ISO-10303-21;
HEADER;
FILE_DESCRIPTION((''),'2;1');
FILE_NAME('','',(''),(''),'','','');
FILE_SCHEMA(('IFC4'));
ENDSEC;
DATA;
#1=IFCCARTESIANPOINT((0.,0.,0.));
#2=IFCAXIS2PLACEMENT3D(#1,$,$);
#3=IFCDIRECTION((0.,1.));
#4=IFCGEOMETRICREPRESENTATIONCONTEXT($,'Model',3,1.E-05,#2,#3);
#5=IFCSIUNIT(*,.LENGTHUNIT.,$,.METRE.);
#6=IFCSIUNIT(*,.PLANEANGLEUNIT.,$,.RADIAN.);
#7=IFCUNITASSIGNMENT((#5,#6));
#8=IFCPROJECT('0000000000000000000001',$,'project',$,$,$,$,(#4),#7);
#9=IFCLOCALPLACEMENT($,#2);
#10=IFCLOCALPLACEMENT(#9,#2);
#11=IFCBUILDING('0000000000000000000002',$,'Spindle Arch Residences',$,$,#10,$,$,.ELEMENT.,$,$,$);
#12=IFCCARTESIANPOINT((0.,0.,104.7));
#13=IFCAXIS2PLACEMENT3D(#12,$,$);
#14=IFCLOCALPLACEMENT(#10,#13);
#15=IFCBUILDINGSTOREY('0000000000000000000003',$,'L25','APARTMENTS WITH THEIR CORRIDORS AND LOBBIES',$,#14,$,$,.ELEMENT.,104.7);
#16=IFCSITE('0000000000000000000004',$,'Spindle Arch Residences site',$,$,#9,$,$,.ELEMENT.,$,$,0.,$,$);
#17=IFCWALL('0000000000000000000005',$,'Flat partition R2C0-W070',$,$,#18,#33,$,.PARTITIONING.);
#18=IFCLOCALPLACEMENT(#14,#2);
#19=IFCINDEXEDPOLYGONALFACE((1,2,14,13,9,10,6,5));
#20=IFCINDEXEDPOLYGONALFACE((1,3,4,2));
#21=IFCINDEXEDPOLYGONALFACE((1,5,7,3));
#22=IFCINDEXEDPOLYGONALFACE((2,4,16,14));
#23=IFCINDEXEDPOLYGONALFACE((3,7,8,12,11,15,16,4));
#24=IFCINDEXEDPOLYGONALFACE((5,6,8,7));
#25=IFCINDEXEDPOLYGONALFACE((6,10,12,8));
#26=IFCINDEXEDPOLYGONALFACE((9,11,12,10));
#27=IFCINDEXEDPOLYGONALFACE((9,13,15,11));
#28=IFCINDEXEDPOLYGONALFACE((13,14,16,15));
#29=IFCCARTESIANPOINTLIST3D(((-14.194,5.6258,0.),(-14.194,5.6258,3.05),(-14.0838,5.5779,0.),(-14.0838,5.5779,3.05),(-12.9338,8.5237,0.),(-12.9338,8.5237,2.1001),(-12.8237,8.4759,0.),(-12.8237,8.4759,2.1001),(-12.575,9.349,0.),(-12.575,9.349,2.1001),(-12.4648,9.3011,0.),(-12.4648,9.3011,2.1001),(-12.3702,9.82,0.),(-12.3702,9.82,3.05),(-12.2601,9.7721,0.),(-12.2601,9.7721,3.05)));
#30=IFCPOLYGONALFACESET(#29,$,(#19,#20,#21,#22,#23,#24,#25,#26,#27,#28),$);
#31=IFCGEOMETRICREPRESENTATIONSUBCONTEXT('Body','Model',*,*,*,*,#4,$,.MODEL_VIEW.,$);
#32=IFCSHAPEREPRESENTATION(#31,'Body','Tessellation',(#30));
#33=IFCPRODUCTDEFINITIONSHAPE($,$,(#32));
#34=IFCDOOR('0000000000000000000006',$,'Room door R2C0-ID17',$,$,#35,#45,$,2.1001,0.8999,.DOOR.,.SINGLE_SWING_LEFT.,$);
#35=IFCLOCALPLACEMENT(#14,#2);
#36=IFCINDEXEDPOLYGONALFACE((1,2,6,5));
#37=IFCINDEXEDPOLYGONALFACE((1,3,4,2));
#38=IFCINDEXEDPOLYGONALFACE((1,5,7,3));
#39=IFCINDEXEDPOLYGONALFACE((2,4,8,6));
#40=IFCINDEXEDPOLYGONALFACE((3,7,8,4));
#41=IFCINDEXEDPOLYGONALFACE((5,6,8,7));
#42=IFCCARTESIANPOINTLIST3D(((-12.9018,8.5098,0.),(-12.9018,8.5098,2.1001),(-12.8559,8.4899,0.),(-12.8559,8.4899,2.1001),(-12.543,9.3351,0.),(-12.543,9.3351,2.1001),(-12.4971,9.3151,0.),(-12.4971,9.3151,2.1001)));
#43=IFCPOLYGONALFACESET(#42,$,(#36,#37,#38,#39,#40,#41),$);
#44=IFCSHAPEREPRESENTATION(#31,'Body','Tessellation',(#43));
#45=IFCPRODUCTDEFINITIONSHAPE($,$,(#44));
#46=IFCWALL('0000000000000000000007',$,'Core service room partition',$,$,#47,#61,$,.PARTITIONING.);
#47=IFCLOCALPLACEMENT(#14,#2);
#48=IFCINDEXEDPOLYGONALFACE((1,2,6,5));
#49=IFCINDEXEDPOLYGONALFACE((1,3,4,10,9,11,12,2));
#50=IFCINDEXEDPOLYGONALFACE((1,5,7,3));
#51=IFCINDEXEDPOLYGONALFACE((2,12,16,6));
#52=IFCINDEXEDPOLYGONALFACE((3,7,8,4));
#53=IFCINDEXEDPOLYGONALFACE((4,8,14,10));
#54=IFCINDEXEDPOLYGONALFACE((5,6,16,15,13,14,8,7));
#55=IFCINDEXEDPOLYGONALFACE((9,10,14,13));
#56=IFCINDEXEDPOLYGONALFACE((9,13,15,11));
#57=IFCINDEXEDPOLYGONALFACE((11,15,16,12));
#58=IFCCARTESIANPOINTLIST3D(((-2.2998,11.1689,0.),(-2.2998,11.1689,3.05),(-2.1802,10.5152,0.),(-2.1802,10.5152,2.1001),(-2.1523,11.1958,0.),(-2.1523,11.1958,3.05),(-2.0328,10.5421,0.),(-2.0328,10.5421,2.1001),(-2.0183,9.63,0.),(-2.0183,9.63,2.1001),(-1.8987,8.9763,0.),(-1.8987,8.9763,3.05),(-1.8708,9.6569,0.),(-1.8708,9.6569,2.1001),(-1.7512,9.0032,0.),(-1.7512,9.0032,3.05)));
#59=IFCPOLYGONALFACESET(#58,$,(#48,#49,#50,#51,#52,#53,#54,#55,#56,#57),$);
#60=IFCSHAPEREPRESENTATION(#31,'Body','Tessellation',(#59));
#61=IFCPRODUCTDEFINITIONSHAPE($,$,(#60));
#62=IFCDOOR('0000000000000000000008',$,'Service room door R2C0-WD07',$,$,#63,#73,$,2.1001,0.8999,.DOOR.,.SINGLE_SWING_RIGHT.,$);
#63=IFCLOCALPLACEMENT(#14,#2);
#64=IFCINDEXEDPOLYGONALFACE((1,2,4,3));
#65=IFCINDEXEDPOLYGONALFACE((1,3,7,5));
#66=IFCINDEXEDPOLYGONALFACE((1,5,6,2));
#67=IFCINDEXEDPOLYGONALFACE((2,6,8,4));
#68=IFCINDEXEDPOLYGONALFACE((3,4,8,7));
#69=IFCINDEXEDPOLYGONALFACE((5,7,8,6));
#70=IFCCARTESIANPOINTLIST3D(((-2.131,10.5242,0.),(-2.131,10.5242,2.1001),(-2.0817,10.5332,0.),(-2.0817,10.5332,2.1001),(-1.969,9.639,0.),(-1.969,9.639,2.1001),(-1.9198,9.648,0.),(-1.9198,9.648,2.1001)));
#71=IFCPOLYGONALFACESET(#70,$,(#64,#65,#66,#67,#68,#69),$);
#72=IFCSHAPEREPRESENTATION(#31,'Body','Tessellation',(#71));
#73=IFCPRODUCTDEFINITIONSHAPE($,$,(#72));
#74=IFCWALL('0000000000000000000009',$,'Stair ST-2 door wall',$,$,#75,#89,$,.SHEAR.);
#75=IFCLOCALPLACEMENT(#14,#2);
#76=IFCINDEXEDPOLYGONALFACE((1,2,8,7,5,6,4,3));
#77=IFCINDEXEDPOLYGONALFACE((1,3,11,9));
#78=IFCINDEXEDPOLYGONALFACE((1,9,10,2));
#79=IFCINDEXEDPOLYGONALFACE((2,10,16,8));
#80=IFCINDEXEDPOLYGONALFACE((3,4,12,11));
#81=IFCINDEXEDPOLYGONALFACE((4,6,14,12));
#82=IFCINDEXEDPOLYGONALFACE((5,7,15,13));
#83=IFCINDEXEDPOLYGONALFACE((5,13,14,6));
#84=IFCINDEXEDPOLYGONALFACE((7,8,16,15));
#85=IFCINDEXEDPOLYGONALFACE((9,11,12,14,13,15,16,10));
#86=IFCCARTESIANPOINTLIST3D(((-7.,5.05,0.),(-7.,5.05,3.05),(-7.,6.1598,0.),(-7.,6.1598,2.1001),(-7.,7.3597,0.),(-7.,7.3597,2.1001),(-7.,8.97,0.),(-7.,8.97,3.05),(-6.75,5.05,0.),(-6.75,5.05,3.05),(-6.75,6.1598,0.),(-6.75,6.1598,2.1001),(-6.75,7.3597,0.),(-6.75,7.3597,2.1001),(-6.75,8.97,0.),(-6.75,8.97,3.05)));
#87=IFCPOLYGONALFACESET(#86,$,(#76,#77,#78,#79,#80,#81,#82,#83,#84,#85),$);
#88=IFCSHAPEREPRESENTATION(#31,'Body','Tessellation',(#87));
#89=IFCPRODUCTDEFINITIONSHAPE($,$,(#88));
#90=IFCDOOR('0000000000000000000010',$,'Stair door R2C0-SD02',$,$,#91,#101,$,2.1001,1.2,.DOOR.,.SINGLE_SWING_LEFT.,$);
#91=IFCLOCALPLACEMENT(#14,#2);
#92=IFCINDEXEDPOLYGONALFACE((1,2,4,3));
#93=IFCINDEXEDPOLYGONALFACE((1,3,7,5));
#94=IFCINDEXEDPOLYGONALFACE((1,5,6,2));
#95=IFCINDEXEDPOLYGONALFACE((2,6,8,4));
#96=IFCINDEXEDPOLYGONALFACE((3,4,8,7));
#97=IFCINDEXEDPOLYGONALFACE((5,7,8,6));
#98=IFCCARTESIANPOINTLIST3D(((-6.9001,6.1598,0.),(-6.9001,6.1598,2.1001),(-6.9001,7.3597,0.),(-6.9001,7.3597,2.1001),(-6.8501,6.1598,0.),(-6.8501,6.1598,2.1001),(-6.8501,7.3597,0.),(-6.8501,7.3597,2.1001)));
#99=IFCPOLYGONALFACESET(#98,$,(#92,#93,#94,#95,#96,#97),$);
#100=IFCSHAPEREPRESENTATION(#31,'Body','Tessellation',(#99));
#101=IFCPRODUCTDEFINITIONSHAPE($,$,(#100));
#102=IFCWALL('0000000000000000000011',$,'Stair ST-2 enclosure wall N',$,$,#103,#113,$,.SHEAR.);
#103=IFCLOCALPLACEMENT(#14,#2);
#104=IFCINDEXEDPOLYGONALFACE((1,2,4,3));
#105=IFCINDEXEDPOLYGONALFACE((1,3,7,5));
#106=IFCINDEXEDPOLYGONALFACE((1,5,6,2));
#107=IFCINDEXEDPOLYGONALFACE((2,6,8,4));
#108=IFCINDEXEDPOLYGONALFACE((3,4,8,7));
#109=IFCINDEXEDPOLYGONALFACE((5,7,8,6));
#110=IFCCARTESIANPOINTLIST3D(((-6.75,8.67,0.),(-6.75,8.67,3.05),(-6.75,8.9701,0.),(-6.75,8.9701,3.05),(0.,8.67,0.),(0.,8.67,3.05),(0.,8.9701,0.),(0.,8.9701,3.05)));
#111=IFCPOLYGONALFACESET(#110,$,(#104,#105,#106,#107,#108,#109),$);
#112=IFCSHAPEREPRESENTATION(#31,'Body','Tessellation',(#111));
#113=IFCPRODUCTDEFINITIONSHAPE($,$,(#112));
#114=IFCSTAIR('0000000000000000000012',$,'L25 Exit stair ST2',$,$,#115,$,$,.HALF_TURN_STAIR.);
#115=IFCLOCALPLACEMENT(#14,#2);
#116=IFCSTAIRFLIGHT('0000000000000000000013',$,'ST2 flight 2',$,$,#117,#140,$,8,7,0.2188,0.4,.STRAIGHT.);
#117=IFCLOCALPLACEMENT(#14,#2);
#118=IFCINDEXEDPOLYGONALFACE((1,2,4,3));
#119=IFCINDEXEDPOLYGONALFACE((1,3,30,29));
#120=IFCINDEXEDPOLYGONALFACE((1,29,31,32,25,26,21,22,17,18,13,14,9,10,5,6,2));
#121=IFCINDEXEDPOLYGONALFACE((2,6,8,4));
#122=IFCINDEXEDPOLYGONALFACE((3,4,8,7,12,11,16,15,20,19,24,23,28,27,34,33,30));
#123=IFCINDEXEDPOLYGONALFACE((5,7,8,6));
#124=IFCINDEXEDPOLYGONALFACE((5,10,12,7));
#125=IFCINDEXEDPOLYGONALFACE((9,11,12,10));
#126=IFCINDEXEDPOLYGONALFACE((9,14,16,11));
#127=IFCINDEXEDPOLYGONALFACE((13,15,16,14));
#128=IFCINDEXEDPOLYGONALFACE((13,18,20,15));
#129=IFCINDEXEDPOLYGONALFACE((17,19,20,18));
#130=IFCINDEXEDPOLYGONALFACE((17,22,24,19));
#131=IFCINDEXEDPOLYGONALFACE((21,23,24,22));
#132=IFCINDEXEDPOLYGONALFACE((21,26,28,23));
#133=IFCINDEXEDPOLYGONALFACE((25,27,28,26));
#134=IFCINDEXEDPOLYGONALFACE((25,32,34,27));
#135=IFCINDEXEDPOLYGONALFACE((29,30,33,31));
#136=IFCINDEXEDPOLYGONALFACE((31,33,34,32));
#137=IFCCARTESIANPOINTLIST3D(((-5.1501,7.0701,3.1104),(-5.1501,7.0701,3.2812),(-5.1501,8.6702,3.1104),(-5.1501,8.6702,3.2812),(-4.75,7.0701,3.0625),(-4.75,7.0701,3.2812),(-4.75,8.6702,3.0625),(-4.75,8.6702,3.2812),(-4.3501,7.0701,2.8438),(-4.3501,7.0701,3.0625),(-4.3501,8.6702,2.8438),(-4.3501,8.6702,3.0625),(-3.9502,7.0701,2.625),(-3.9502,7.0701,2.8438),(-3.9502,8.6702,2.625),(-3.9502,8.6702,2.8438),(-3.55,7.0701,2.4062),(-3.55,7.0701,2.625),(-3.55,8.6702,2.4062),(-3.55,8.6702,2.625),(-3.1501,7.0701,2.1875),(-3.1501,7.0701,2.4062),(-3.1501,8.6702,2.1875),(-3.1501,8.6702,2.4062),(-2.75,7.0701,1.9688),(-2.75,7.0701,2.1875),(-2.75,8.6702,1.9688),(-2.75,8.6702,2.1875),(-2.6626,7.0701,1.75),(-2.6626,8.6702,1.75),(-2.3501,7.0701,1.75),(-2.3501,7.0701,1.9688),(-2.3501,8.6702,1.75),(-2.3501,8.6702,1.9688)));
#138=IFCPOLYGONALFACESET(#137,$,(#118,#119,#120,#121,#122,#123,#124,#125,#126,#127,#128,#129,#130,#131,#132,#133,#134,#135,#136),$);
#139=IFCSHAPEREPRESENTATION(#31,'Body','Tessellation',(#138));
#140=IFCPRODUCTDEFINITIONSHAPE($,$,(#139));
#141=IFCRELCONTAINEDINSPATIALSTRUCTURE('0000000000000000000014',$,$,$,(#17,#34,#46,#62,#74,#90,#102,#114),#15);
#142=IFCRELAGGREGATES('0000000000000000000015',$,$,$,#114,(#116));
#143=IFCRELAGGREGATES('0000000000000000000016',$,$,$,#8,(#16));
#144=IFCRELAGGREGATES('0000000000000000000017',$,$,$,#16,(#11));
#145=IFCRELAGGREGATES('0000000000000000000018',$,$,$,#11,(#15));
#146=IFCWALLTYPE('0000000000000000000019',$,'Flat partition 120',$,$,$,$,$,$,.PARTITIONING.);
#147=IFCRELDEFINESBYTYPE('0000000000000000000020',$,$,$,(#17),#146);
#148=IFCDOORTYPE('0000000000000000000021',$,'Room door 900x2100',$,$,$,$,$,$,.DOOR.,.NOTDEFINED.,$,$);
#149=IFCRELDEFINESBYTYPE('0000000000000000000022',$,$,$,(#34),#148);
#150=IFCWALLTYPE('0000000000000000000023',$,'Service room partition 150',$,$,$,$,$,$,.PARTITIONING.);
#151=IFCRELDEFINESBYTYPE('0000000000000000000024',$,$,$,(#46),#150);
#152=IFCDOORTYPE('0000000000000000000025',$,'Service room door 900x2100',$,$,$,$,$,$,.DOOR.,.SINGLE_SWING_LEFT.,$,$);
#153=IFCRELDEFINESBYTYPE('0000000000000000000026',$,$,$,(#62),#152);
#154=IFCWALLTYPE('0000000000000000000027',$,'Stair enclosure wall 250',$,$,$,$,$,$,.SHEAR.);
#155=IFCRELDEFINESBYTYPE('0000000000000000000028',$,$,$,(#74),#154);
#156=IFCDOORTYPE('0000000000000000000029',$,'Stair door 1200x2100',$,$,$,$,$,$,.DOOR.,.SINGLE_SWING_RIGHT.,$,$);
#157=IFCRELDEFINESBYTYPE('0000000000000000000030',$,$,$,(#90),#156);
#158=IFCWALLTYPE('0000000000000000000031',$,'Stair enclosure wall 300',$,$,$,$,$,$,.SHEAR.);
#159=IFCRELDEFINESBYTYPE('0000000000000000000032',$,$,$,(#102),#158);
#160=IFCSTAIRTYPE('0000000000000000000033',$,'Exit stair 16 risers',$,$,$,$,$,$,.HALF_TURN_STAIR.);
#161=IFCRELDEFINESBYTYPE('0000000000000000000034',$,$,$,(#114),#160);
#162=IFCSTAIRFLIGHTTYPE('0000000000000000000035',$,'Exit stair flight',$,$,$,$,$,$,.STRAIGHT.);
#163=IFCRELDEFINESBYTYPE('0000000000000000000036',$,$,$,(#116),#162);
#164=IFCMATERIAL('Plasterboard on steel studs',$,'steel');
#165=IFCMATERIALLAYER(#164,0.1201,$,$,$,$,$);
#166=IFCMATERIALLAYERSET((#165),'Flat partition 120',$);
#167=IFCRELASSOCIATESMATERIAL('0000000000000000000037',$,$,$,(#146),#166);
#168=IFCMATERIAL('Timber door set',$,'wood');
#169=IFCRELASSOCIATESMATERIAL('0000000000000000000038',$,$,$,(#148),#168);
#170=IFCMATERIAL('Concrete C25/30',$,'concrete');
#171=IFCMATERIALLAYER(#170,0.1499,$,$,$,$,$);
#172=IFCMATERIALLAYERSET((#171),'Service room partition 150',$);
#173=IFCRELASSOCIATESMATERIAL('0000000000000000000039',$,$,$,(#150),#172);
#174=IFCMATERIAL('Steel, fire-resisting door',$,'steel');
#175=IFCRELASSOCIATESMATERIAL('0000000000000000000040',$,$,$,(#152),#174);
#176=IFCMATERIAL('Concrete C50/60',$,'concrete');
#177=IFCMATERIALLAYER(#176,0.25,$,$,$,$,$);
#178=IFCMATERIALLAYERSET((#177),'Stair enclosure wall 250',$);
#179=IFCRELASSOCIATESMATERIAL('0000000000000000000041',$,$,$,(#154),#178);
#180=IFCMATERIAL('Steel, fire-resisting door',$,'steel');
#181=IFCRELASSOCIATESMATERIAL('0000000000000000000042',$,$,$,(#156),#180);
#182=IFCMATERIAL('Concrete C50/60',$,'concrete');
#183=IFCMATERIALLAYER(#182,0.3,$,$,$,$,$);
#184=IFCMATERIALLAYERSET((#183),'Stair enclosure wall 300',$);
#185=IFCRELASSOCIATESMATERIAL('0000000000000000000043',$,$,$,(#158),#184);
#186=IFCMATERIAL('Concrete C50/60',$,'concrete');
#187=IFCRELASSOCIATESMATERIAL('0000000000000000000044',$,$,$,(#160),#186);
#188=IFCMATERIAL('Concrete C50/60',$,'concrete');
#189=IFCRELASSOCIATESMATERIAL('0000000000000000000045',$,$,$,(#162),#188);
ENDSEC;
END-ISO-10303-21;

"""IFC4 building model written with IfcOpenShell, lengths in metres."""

from ifc_helpers import new_model, si_unit, direction, frame, frame_2d, origin, place, context, subcontext, project, spatial, polyline, rectangle, outline, extrude, material, layer, layer_set, type_object, element, fill, aggregate, save


model = new_model("IFC4")

# Units and contexts
model_context = context("Model", 3, precision=1e-05, world=origin(), true_north=direction((0.0, 1.0)))
body_context = subcontext(model_context, "Body", "Model", "MODEL_VIEW")
ifc_project = project(units=[si_unit("LENGTHUNIT", "METRE"), si_unit("PLANEANGLEUNIT", "RADIAN")], contexts=[model_context])

# Site, building, storey
site_placement = place(None, origin())
site = spatial("IfcSite", under=ifc_project, at=site_placement, Name="Spindle Arch Residences site", CompositionType="ELEMENT", RefElevation=0.0)
building_placement = place(site_placement, origin())
building = spatial("IfcBuilding", under=site, at=building_placement, Name="Spindle Arch Residences", CompositionType="ELEMENT")
storey_placement = place(building_placement, frame((0.0, 0.0, 104.7)))
storey = spatial("IfcBuildingStorey", under=building, at=storey_placement, Name="L25", Description="APARTMENTS WITH THEIR CORRIDORS AND LOBBIES", CompositionType="ELEMENT", Elevation=104.7)

# Walls, openings, doors
ifc_material_1 = material(Name="Plasterboard on steel studs", Category="steel")
ifc_layer_1 = layer(ifc_material_1, 0.1201)
ifc_layer_set_1 = layer_set([ifc_layer_1], Name="Flat partition 120")
wall_type_1 = type_object("IfcWallType", Name="Flat partition 120", PredefinedType="PARTITIONING", material=ifc_layer_set_1)
wall_1_placement = place(storey_placement, frame((-12.3152, 9.7959, 0.0), z_axis=(0.0, 0.0, 1.0), x_axis=(-0.398765, -0.917053, 0.0)))
wall_1 = element("IfcWall", 1, at=wall_1_placement, inside=storey, type_object=wall_type_1, Name="Flat partition R2C0-W070", PredefinedType="PARTITIONING", context=body_context, shape_type="SweptSolid", body=[
    extrude(rectangle(XDim=4.5735, YDim=0.1201, at=frame_2d((2.2866, 0.0))), origin(), (0.0, 0.0, 1.0), 3.05),
])
opening_1_placement = place(wall_1_placement, frame((0.5134, 0.0, 0.0)))
opening_1 = element("IfcOpeningElement", 2, at=opening_1_placement, cuts=wall_1, PredefinedType="OPENING", context=body_context, shape_type="SweptSolid", body=[
    extrude(rectangle(XDim=0.8999, YDim=2.1001, at=frame_2d((0.45, 1.05))), frame((0.0, 0.0701, 0.0), z_axis=(0.0, -1.0, 0.0), x_axis=(1.0, 0.0, 0.0)), (0.0, 0.0, 1.0), 0.1401),
])
ifc_material_2 = material(Name="Timber door set", Category="wood")
door_type_1 = type_object("IfcDoorType", Name="Room door 900x2100", OperationType="NOTDEFINED", PredefinedType="DOOR", material=ifc_material_2)
door_1_placement = place(opening_1_placement, origin())
door_1 = element("IfcDoor", 3, at=door_1_placement, inside=storey, type_object=door_type_1, Name="Room door R2C0-ID17", OperationType="SINGLE_SWING_LEFT", OverallHeight=2.1001, OverallWidth=0.8999, PredefinedType="DOOR", context=body_context, shape_type="SweptSolid", body=[
    extrude(rectangle(XDim=0.8999, YDim=2.1001, at=frame_2d((0.45, 1.05))), frame((0.0, 0.0249, 0.0), z_axis=(0.0, -1.0, 0.0), x_axis=(1.0, 0.0, 0.0)), (0.0, 0.0, 1.0), 0.05),
])
fill(opening_1, door_1)
ifc_material_3 = material(Name="Concrete C25/30", Category="concrete")
ifc_layer_2 = layer(ifc_material_3, 0.1499)
ifc_layer_set_2 = layer_set([ifc_layer_2], Name="Service room partition 150")
wall_type_2 = type_object("IfcWallType", Name="Service room partition 150", PredefinedType="PARTITIONING", material=ifc_layer_set_2)
wall_2_placement = place(storey_placement, frame((-1.825, 8.9897, 0.0), z_axis=(0.0, 0.0, 1.0), x_axis=(-0.179955, 0.983675, 0.0)))
wall_2 = element("IfcWall", 4, at=wall_2_placement, inside=storey, type_object=wall_type_2, Name="Core service room partition", PredefinedType="PARTITIONING", context=body_context, shape_type="SweptSolid", body=[
    extrude(rectangle(XDim=2.229, YDim=0.1499, at=frame_2d((1.1145, 0.0))), origin(), (0.0, 0.0, 1.0), 3.05),
])
opening_2_placement = place(wall_2_placement, frame((0.6646, 0.0, 0.0)))
opening_2 = element("IfcOpeningElement", 5, at=opening_2_placement, cuts=wall_2, PredefinedType="OPENING", context=body_context, shape_type="SweptSolid", body=[
    extrude(rectangle(XDim=0.8999, YDim=2.1001, at=frame_2d((0.45, 1.05))), frame((0.0, 0.085, 0.0), z_axis=(0.0, -1.0, 0.0), x_axis=(1.0, 0.0, 0.0)), (0.0, 0.0, 1.0), 0.1699),
])
ifc_material_4 = material(Name="Steel, fire-resisting door", Category="steel")
door_type_2 = type_object("IfcDoorType", Name="Service room door 900x2100", OperationType="SINGLE_SWING_LEFT", PredefinedType="DOOR", material=ifc_material_4)
door_2_placement = place(opening_2_placement, origin())
door_2 = element("IfcDoor", 6, at=door_2_placement, inside=storey, type_object=door_type_2, Name="Service room door R2C0-WD07", OperationType="SINGLE_SWING_RIGHT", OverallHeight=2.1001, OverallWidth=0.8999, PredefinedType="DOOR", context=body_context, shape_type="SweptSolid", body=[
    extrude(rectangle(XDim=0.8999, YDim=2.1001, at=frame_2d((0.45, 1.05))), frame((0.0, 0.0249, 0.0), z_axis=(0.0, -1.0, 0.0), x_axis=(1.0, 0.0, 0.0)), (0.0, 0.0, 1.0), 0.05),
])
fill(opening_2, door_2)
ifc_material_5 = material(Name="Concrete C50/60", Category="concrete")
ifc_layer_3 = layer(ifc_material_5, 0.25)
ifc_layer_set_3 = layer_set([ifc_layer_3], Name="Stair enclosure wall 250")
wall_type_3 = type_object("IfcWallType", Name="Stair enclosure wall 250", PredefinedType="SHEAR", material=ifc_layer_set_3)
wall_3_placement = place(storey_placement, frame((-6.875, 8.97, 0.0), z_axis=(0.0, 0.0, 1.0), x_axis=(0.0, -1.0, 0.0)))
wall_3 = element("IfcWall", 7, at=wall_3_placement, inside=storey, type_object=wall_type_3, Name="Stair ST-2 door wall", PredefinedType="SHEAR", context=body_context, shape_type="SweptSolid", body=[
    extrude(rectangle(XDim=3.9199, YDim=0.25, at=frame_2d((1.96, 0.0))), origin(), (0.0, 0.0, 1.0), 3.05),
])
opening_3_placement = place(wall_3_placement, frame((1.6101, 0.0, 0.0)))
opening_3 = element("IfcOpeningElement", 8, at=opening_3_placement, cuts=wall_3, PredefinedType="OPENING", context=body_context, shape_type="SweptSolid", body=[
    extrude(rectangle(XDim=1.2, YDim=2.1001, at=frame_2d((0.6001, 1.05))), frame((0.0, 0.135, 0.0), z_axis=(0.0, -1.0, 0.0), x_axis=(1.0, 0.0, 0.0)), (0.0, 0.0, 1.0), 0.27),
])
ifc_material_6 = material(Name="Steel, fire-resisting door", Category="steel")
door_type_3 = type_object("IfcDoorType", Name="Stair door 1200x2100", OperationType="SINGLE_SWING_RIGHT", PredefinedType="DOOR", material=ifc_material_6)
door_3_placement = place(opening_3_placement, origin())
door_3 = element("IfcDoor", 9, at=door_3_placement, inside=storey, type_object=door_type_3, Name="Stair door R2C0-SD02", OperationType="SINGLE_SWING_LEFT", OverallHeight=2.1001, OverallWidth=1.2, PredefinedType="DOOR", context=body_context, shape_type="SweptSolid", body=[
    extrude(rectangle(XDim=1.2, YDim=2.1001, at=frame_2d((0.6001, 1.05))), frame((0.0, 0.0249, 0.0), z_axis=(0.0, -1.0, 0.0), x_axis=(1.0, 0.0, 0.0)), (0.0, 0.0, 1.0), 0.05),
])
fill(opening_3, door_3)

# Wall
ifc_material_7 = material(Name="Concrete C50/60", Category="concrete")
ifc_layer_4 = layer(ifc_material_7, 0.3)
ifc_layer_set_4 = layer_set([ifc_layer_4], Name="Stair enclosure wall 300")
wall_type_4 = type_object("IfcWallType", Name="Stair enclosure wall 300", PredefinedType="SHEAR", material=ifc_layer_set_4)
wall_4_placement = place(storey_placement, frame((-6.75, 8.8201, 0.0), z_axis=(0.0, 0.0, 1.0), x_axis=(1.0, 0.0, 0.0)))
element("IfcWall", 10, at=wall_4_placement, inside=storey, type_object=wall_type_4, Name="Stair ST-2 enclosure wall N", PredefinedType="SHEAR", context=body_context, shape_type="SweptSolid", body=[
    extrude(rectangle(XDim=6.75, YDim=0.3, at=frame_2d((3.375, 0.0))), origin(), (0.0, 0.0, 1.0), 3.05),
])

# Stair, stair flight
ifc_material_8 = material(Name="Concrete C50/60", Category="concrete")
stair_type = type_object("IfcStairType", Name="Exit stair 16 risers", PredefinedType="HALF_TURN_STAIR", material=ifc_material_8)
stair_placement = place(storey_placement, origin())
stair = element("IfcStair", 11, at=stair_placement, inside=storey, type_object=stair_type, Name="L25 Exit stair ST2", PredefinedType="HALF_TURN_STAIR")
ifc_material_9 = material(Name="Concrete C50/60", Category="concrete")
stair_flight_type = type_object("IfcStairFlightType", Name="Exit stair flight", PredefinedType="STRAIGHT", material=ifc_material_9)
stair_flight_placement = place(storey_placement, frame((-2.3501, 7.8701, 1.75), z_axis=(0.0, 0.0, 1.0), x_axis=(-1.0, 0.0, 0.0)))
stair_flight = element("IfcStairFlight", 12, at=stair_flight_placement, type_object=stair_flight_type, Name="ST2 flight 2", NumberOfRisers=8, NumberOfTreads=7, PredefinedType="STRAIGHT", RiserHeight=0.2188, TreadLength=0.4, context=body_context, shape_type="SweptSolid", body=[
    extrude(outline(polyline([(0.0, 0.0), (0.0, 0.2188), (0.3999, 0.2188), (0.3999, 0.4375), (0.8, 0.4375), (0.8, 0.6562), (1.2, 0.6562), (1.2, 0.875), (1.6001, 0.875), (1.6001, 1.0938), (2.0, 1.0938), (2.0, 1.3125), (2.3999, 1.3125), (2.3999, 1.5312), (2.8, 1.5312), (2.8, 1.75), (2.8, 1.3604), (0.3125, 0.0), (0.0, 0.0)])), frame((0.0, 0.8, 0.0), z_axis=(0.0, -1.0, 0.0), x_axis=(1.0, 0.0, 0.0)), (0.0, 0.0, 1.0), 1.6001),
])
aggregate(stair, [stair_flight])

save(model, "model.ifc")
